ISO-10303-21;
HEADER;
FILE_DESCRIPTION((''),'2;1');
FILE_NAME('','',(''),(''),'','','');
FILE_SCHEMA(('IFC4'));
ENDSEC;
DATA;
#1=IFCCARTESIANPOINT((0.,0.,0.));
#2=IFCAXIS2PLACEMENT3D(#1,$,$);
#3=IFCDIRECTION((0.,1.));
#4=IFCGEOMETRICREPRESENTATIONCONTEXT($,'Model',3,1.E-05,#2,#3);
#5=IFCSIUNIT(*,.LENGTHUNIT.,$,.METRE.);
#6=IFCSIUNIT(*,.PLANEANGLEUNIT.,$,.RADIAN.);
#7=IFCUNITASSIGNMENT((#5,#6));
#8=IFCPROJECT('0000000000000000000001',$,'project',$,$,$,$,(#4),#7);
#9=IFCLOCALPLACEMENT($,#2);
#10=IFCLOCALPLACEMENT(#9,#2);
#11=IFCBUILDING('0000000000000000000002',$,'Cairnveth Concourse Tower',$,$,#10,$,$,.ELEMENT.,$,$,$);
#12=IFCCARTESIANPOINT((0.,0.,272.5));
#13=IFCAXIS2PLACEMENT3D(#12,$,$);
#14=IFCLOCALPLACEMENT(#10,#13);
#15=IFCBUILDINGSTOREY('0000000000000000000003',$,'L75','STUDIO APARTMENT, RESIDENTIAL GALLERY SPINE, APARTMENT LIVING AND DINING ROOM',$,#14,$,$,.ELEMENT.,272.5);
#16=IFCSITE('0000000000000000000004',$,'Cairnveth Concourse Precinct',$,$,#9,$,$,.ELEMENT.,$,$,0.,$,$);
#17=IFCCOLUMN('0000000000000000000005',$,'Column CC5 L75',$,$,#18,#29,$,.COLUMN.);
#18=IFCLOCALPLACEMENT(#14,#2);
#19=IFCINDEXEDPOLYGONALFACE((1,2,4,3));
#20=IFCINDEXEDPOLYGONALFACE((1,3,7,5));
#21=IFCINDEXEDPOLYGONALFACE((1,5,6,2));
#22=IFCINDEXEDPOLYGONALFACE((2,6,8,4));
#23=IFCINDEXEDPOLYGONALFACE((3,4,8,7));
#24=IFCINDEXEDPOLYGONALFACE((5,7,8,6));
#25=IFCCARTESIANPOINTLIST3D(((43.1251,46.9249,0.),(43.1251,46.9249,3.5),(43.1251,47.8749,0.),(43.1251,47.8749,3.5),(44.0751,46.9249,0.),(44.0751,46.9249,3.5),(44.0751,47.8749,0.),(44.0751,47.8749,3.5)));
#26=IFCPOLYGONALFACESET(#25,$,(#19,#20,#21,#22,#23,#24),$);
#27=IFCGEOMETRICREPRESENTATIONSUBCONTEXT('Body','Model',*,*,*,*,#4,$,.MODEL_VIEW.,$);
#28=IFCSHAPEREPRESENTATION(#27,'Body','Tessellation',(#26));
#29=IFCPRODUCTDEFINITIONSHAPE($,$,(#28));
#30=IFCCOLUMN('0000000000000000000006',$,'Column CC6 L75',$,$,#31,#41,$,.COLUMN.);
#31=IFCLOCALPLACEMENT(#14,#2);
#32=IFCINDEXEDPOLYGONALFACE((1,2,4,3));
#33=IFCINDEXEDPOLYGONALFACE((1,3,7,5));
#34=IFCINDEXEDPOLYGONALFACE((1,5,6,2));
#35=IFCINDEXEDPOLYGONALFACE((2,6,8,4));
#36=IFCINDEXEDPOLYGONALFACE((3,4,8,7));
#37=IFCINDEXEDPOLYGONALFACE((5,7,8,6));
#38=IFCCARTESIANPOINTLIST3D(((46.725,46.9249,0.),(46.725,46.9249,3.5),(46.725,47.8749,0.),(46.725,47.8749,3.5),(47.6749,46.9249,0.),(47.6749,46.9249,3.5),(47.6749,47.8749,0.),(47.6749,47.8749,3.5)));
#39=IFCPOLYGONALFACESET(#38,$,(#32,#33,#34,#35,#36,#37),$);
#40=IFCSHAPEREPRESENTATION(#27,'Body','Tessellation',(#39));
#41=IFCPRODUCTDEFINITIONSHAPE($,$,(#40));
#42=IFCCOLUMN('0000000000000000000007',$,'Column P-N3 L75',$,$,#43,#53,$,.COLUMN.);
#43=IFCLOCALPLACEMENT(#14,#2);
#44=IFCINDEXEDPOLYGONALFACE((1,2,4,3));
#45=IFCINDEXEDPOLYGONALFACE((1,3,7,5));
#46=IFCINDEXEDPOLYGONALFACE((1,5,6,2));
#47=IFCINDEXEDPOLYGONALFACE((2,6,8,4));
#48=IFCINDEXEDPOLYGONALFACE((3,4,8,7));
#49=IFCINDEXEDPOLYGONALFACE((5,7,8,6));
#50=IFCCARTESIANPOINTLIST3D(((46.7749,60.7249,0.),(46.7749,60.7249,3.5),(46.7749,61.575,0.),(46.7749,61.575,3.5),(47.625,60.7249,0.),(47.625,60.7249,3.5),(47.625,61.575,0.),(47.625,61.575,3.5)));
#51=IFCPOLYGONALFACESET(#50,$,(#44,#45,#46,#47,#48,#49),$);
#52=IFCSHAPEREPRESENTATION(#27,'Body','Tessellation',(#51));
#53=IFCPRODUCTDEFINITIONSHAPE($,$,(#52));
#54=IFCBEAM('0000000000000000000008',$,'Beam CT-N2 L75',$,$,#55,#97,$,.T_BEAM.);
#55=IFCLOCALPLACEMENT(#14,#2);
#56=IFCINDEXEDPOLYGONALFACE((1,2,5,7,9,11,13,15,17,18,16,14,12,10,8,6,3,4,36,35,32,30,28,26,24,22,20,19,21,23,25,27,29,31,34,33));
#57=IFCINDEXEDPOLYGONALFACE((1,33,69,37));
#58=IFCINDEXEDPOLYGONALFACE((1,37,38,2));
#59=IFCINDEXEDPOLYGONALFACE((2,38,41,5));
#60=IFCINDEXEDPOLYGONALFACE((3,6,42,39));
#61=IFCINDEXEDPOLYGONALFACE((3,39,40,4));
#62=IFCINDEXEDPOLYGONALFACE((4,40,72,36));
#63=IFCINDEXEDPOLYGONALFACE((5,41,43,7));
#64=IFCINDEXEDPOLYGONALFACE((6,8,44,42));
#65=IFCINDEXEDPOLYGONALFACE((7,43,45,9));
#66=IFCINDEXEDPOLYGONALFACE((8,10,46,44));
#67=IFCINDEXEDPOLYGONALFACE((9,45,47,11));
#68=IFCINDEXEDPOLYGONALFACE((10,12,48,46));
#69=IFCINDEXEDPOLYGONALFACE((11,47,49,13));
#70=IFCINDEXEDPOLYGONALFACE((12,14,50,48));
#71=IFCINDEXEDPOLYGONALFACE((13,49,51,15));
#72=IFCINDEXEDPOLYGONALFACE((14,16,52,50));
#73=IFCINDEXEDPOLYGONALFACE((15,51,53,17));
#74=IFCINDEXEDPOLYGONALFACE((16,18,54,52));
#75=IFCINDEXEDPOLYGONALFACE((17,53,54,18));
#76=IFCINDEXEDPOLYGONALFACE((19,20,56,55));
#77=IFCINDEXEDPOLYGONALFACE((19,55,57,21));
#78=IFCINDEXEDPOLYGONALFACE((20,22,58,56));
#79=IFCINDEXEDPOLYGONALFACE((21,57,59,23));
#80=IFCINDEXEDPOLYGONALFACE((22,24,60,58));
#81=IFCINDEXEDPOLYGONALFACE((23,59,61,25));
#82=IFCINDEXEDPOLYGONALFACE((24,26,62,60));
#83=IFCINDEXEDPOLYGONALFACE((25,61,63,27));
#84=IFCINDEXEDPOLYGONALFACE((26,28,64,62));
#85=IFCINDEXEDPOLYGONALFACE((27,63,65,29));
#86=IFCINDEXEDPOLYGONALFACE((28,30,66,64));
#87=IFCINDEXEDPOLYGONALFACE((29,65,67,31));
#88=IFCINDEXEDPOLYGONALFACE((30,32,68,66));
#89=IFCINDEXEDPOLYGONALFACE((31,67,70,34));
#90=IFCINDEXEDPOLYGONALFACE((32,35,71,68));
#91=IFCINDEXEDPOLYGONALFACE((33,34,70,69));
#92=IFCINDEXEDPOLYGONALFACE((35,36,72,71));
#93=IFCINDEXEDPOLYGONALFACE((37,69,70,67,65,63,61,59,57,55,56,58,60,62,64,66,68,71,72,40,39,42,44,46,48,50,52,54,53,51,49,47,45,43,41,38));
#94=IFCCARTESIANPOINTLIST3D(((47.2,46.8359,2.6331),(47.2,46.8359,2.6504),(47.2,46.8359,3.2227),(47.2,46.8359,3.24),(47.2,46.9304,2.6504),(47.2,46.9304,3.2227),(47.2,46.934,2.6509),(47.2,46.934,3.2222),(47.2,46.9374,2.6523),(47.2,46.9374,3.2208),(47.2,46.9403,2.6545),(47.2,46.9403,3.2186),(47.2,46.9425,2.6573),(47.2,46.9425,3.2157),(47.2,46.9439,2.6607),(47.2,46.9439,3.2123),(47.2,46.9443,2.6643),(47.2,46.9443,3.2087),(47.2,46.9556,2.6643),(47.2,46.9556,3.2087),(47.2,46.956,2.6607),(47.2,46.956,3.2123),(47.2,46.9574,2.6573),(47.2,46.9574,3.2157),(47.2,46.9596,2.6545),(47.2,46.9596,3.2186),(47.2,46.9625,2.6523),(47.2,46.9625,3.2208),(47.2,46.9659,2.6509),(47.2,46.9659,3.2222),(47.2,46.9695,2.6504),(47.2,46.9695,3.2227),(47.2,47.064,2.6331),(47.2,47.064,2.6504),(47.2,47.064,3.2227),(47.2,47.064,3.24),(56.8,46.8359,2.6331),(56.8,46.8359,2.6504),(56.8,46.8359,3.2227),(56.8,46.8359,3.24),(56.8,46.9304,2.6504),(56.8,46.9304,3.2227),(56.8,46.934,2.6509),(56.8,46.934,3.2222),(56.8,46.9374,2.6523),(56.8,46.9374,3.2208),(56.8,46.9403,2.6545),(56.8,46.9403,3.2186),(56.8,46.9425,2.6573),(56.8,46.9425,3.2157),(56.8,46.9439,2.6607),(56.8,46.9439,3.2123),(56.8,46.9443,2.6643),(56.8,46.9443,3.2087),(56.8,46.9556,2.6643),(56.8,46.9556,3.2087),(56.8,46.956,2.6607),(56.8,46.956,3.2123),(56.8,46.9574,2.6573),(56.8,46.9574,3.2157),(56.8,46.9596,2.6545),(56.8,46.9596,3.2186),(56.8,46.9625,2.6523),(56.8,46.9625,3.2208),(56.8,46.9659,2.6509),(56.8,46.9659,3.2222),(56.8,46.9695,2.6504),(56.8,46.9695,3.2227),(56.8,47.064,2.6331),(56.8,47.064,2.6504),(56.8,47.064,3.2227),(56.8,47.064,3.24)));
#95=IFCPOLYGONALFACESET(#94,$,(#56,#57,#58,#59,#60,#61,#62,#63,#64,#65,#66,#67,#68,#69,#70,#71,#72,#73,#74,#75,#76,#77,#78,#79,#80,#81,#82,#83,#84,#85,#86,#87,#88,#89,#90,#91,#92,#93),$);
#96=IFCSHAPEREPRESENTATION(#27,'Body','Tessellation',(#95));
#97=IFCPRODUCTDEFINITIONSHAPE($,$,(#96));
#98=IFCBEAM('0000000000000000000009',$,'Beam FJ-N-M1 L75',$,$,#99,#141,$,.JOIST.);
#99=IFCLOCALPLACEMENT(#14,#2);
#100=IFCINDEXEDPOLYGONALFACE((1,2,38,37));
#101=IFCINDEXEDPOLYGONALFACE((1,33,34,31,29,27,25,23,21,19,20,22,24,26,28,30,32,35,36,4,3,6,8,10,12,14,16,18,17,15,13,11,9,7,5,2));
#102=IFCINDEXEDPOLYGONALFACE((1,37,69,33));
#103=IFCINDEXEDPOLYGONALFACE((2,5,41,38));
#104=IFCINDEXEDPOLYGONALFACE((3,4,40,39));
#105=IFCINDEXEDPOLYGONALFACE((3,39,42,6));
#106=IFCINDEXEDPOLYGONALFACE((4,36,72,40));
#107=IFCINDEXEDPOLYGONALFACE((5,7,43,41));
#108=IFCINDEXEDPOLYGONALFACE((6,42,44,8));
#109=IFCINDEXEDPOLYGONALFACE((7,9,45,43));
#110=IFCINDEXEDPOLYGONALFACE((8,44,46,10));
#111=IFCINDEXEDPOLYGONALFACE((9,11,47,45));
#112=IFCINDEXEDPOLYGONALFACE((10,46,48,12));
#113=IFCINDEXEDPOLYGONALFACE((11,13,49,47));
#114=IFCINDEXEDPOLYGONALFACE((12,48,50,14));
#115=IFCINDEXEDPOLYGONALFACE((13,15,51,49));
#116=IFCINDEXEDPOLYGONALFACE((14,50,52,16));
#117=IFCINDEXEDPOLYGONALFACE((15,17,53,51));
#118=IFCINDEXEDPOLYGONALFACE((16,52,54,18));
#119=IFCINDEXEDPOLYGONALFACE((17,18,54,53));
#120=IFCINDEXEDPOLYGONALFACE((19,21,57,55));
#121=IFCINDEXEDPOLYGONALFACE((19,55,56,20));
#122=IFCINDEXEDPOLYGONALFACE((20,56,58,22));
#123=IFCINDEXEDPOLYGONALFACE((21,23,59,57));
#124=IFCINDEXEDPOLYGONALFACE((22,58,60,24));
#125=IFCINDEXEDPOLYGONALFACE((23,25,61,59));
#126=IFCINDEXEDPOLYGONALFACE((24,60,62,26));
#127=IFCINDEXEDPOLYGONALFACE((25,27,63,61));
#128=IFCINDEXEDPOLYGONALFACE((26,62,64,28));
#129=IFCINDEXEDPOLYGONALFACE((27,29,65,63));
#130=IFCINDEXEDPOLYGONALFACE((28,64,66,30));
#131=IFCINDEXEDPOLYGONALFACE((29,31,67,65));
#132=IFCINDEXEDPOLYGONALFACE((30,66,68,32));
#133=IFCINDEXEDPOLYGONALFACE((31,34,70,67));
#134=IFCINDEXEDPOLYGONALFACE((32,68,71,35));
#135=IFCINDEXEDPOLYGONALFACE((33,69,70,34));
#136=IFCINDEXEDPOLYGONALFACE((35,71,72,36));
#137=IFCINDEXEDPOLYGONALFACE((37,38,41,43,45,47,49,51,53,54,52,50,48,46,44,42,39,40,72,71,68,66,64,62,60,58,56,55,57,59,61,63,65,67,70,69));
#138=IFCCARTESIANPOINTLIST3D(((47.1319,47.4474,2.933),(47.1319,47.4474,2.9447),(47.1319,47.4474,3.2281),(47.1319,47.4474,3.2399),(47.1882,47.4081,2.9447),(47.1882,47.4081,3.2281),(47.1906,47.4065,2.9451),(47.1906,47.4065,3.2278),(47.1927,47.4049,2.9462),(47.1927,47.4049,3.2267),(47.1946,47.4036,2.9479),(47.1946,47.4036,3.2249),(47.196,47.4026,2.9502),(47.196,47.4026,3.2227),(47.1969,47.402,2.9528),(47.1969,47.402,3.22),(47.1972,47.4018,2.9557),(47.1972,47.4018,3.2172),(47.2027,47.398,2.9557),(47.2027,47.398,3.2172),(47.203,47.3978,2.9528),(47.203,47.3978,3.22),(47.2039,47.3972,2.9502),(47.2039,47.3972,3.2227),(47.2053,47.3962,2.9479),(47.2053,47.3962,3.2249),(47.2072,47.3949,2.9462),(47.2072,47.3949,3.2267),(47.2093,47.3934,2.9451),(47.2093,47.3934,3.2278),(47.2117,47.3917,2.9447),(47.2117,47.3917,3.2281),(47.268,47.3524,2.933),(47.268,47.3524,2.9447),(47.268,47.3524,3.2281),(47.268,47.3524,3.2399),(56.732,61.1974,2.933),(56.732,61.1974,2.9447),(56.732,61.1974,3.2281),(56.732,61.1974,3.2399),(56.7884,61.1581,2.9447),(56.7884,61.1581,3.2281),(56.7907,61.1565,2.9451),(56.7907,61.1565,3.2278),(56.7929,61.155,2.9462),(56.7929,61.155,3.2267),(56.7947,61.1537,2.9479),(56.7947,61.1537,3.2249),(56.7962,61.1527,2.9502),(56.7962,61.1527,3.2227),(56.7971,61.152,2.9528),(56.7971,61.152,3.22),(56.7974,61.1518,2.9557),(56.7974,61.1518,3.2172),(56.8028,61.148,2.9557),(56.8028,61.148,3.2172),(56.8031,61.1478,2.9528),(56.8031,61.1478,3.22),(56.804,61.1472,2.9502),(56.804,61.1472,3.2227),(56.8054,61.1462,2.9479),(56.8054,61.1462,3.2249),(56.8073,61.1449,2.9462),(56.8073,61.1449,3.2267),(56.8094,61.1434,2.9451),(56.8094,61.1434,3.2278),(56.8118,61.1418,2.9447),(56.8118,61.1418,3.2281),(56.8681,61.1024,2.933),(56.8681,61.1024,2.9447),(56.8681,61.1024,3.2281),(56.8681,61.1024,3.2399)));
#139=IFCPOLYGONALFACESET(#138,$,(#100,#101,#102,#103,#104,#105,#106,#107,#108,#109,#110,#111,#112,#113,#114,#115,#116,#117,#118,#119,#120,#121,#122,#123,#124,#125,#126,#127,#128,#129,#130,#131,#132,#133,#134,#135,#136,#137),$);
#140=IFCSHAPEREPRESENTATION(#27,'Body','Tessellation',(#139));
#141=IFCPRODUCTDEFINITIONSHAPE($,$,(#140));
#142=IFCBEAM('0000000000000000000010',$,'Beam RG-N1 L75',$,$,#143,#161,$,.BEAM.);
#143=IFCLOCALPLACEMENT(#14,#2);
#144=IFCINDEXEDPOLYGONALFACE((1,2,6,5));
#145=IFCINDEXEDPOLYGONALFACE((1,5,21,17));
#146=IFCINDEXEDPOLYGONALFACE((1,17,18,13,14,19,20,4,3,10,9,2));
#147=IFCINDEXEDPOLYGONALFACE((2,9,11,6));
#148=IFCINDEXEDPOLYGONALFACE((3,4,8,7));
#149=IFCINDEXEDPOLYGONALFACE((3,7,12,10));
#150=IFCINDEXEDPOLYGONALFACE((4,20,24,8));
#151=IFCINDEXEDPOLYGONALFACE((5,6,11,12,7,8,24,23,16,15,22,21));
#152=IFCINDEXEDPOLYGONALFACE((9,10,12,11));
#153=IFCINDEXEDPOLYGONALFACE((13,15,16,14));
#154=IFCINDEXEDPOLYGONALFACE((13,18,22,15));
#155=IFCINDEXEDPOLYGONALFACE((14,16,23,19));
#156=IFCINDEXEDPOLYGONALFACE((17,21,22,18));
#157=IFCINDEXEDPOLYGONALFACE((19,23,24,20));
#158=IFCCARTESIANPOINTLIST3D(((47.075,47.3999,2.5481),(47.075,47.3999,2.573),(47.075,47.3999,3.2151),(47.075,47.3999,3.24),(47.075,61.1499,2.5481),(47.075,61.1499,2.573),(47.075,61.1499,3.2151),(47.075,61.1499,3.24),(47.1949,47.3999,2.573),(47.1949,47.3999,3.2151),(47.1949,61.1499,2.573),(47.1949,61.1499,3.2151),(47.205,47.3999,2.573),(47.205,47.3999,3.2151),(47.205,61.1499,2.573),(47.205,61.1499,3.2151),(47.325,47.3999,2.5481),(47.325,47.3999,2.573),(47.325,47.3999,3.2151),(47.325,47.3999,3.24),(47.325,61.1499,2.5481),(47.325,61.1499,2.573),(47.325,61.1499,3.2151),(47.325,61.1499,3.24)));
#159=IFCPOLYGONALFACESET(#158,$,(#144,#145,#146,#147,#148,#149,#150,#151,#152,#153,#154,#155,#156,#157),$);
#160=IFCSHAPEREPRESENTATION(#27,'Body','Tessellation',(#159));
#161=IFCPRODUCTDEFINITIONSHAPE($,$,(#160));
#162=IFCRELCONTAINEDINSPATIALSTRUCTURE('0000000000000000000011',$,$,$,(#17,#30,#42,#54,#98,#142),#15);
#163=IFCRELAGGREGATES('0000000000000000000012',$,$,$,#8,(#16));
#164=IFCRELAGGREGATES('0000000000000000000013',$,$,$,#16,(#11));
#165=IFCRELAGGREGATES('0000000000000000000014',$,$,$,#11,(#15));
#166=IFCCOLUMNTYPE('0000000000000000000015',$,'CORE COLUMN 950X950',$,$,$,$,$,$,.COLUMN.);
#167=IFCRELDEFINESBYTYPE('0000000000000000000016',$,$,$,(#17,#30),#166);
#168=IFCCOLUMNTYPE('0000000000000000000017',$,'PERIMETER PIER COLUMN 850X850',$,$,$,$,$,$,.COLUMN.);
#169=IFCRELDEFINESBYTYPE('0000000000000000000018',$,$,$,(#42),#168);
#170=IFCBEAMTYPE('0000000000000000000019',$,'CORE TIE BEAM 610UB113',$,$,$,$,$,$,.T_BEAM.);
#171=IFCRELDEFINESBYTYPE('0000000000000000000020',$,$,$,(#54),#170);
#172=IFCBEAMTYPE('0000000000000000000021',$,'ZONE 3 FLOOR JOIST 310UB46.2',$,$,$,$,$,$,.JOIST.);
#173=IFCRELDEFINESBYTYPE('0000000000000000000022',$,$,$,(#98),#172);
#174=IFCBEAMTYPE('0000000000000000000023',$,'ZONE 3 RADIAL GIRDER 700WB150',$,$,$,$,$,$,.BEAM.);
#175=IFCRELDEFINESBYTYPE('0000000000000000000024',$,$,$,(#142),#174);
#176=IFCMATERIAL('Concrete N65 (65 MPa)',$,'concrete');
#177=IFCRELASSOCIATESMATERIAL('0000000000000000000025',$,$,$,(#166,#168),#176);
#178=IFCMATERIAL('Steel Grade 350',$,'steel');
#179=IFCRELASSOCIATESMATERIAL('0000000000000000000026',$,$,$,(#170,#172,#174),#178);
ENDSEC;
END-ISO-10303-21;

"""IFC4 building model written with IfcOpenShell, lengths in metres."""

from ifc_helpers import new_model, si_unit, direction, frame, origin, origin_2d, place, context, subcontext, project, spatial, rectangle, i_section, extrude, material, material_profile, profile_set, type_object, element, save


model = new_model("IFC4")

# Units and contexts
model_context = context("Model", 3, precision=1e-05, world=origin(), true_north=direction((0.0, 1.0)))
body_context = subcontext(model_context, "Body", "Model", "MODEL_VIEW")
ifc_project = project(units=[si_unit("LENGTHUNIT", "METRE"), si_unit("PLANEANGLEUNIT", "RADIAN")], contexts=[model_context])

# Site, building, storey
site_placement = place(None, origin())
site = spatial("IfcSite", under=ifc_project, at=site_placement, Name="Cairnveth Concourse Precinct", CompositionType="ELEMENT", RefElevation=0.0)
building_placement = place(site_placement, origin())
building = spatial("IfcBuilding", under=site, at=building_placement, Name="Cairnveth Concourse Tower", CompositionType="ELEMENT")
storey_placement = place(building_placement, frame((0.0, 0.0, 272.5)))
storey = spatial("IfcBuildingStorey", under=building, at=storey_placement, Name="L75", Description="STUDIO APARTMENT, RESIDENTIAL GALLERY SPINE, APARTMENT LIVING AND DINING ROOM", CompositionType="ELEMENT", Elevation=272.5)

# Columns
ifc_material_1 = material(Name="Concrete N65 (65 MPa)", Category="concrete")
ifc_material_profile_1 = material_profile(ifc_material_1, rectangle(XDim=0.95, YDim=0.95, at=origin_2d()), Name="RC-COL-950x950")
ifc_profile_set_1 = profile_set([ifc_material_profile_1], Name="Concrete N65 (65 MPa)")
column_type_1 = type_object("IfcColumnType", Name="CORE COLUMN 950X950", PredefinedType="COLUMN", material=ifc_profile_set_1)
for number, where, z_axis, x_axis, name in (
    (1, (43.6001, 47.3999, 0.0), (0.0, 0.0, 1.0), (1.0, 0.0, 0.0), "Column CC5 L75"),
    (2, (47.2, 47.3999, 0.0), (0.0, 0.0, 1.0), (1.0, 0.0, 0.0), "Column CC6 L75"),
):
    element("IfcColumn", number, at=place(storey_placement, frame(where, z_axis=z_axis, x_axis=x_axis)), inside=storey, type_object=column_type_1, Name=name, PredefinedType="COLUMN", context=body_context, shape_type="SweptSolid", body=[
        extrude(rectangle(XDim=0.95, YDim=0.95, at=origin_2d()), origin(), (0.0, 0.0, 1.0), 3.5),
    ])
ifc_material_profile_2 = material_profile(ifc_material_1, rectangle(XDim=0.8501, YDim=0.8501, at=origin_2d()), Name="RC-COL-850x850")
ifc_profile_set_2 = profile_set([ifc_material_profile_2], Name="Concrete N65 (65 MPa)")
column_type_2 = type_object("IfcColumnType", Name="PERIMETER PIER COLUMN 850X850", PredefinedType="COLUMN", material=ifc_profile_set_2)
column_placement = place(storey_placement, frame((47.2, 61.1499, 0.0), z_axis=(0.0, 0.0, 1.0), x_axis=(1.0, 0.0, 0.0)))
element("IfcColumn", 3, at=column_placement, inside=storey, type_object=column_type_2, Name="Column P-N3 L75", PredefinedType="COLUMN", context=body_context, shape_type="SweptSolid", body=[
    extrude(rectangle(XDim=0.8501, YDim=0.8501, at=origin_2d()), origin(), (0.0, 0.0, 1.0), 3.5),
])

# Beams
ifc_material_2 = material(Name="Steel Grade 350", Category="steel")
ifc_material_profile_3 = material_profile(ifc_material_2, i_section(OverallWidth=0.228, OverallDepth=0.6069, WebThickness=0.0112, FlangeThickness=0.0173, FilletRadius=0.0139, at=origin_2d()), Name="610UB113")
ifc_profile_set_3 = profile_set([ifc_material_profile_3], Name="Steel Grade 350")
beam_type_1 = type_object("IfcBeamType", Name="CORE TIE BEAM 610UB113", PredefinedType="T_BEAM", material=ifc_profile_set_3)
beam_1_placement = place(storey_placement, frame((47.2, 46.95, 2.9365), z_axis=(1.0, 0.0, 0.0), x_axis=(0.0, 1.0, 0.0)))
element("IfcBeam", 4, at=beam_1_placement, inside=storey, type_object=beam_type_1, Name="Beam CT-N2 L75", PredefinedType="T_BEAM", context=body_context, shape_type="SweptSolid", body=[
    extrude(i_section(OverallWidth=0.228, OverallDepth=0.6069, WebThickness=0.0112, FlangeThickness=0.0173, FilletRadius=0.0139, at=origin_2d()), origin(), (0.0, 0.0, 1.0), 9.6001),
])
ifc_material_profile_4 = material_profile(ifc_material_2, i_section(OverallWidth=0.166, OverallDepth=0.3069, WebThickness=0.0066, FlangeThickness=0.0117, FilletRadius=0.011, at=origin_2d()), Name="310UB46.2")
ifc_profile_set_4 = profile_set([ifc_material_profile_4], Name="Steel Grade 350")
beam_type_2 = type_object("IfcBeamType", Name="ZONE 3 FLOOR JOIST 310UB46.2", PredefinedType="JOIST", material=ifc_profile_set_4)
beam_2_placement = place(storey_placement, frame((47.2, 47.3999, 3.0864), z_axis=(0.572465, 0.819929, 0.0), x_axis=(-0.819929, 0.572465, 0.0)))
element("IfcBeam", 5, at=beam_2_placement, inside=storey, type_object=beam_type_2, Name="Beam FJ-N-M1 L75", PredefinedType="JOIST", context=body_context, shape_type="SweptSolid", body=[
    extrude(i_section(OverallWidth=0.166, OverallDepth=0.3069, WebThickness=0.0066, FlangeThickness=0.0117, FilletRadius=0.011, at=origin_2d()), origin(), (0.0, 0.0, 1.0), 16.7698),
])
ifc_material_profile_5 = material_profile(ifc_material_2, i_section(OverallWidth=0.25, OverallDepth=0.6919, WebThickness=0.01, FlangeThickness=0.0249, at=origin_2d()), Name="700WB150")
ifc_profile_set_5 = profile_set([ifc_material_profile_5], Name="Steel Grade 350")
beam_type_3 = type_object("IfcBeamType", Name="ZONE 3 RADIAL GIRDER 700WB150", PredefinedType="BEAM", material=ifc_profile_set_5)
beam_3_placement = place(storey_placement, frame((47.2, 47.3999, 2.894), z_axis=(0.0, 1.0, 0.0), x_axis=(-1.0, 0.0, 0.0)))
element("IfcBeam", 6, at=beam_3_placement, inside=storey, type_object=beam_type_3, Name="Beam RG-N1 L75", PredefinedType="BEAM", context=body_context, shape_type="SweptSolid", body=[
    extrude(i_section(OverallWidth=0.25, OverallDepth=0.6919, WebThickness=0.01, FlangeThickness=0.0249, at=origin_2d()), origin(), (0.0, 0.0, 1.0), 13.75),
])

save(model, "model.ifc")
